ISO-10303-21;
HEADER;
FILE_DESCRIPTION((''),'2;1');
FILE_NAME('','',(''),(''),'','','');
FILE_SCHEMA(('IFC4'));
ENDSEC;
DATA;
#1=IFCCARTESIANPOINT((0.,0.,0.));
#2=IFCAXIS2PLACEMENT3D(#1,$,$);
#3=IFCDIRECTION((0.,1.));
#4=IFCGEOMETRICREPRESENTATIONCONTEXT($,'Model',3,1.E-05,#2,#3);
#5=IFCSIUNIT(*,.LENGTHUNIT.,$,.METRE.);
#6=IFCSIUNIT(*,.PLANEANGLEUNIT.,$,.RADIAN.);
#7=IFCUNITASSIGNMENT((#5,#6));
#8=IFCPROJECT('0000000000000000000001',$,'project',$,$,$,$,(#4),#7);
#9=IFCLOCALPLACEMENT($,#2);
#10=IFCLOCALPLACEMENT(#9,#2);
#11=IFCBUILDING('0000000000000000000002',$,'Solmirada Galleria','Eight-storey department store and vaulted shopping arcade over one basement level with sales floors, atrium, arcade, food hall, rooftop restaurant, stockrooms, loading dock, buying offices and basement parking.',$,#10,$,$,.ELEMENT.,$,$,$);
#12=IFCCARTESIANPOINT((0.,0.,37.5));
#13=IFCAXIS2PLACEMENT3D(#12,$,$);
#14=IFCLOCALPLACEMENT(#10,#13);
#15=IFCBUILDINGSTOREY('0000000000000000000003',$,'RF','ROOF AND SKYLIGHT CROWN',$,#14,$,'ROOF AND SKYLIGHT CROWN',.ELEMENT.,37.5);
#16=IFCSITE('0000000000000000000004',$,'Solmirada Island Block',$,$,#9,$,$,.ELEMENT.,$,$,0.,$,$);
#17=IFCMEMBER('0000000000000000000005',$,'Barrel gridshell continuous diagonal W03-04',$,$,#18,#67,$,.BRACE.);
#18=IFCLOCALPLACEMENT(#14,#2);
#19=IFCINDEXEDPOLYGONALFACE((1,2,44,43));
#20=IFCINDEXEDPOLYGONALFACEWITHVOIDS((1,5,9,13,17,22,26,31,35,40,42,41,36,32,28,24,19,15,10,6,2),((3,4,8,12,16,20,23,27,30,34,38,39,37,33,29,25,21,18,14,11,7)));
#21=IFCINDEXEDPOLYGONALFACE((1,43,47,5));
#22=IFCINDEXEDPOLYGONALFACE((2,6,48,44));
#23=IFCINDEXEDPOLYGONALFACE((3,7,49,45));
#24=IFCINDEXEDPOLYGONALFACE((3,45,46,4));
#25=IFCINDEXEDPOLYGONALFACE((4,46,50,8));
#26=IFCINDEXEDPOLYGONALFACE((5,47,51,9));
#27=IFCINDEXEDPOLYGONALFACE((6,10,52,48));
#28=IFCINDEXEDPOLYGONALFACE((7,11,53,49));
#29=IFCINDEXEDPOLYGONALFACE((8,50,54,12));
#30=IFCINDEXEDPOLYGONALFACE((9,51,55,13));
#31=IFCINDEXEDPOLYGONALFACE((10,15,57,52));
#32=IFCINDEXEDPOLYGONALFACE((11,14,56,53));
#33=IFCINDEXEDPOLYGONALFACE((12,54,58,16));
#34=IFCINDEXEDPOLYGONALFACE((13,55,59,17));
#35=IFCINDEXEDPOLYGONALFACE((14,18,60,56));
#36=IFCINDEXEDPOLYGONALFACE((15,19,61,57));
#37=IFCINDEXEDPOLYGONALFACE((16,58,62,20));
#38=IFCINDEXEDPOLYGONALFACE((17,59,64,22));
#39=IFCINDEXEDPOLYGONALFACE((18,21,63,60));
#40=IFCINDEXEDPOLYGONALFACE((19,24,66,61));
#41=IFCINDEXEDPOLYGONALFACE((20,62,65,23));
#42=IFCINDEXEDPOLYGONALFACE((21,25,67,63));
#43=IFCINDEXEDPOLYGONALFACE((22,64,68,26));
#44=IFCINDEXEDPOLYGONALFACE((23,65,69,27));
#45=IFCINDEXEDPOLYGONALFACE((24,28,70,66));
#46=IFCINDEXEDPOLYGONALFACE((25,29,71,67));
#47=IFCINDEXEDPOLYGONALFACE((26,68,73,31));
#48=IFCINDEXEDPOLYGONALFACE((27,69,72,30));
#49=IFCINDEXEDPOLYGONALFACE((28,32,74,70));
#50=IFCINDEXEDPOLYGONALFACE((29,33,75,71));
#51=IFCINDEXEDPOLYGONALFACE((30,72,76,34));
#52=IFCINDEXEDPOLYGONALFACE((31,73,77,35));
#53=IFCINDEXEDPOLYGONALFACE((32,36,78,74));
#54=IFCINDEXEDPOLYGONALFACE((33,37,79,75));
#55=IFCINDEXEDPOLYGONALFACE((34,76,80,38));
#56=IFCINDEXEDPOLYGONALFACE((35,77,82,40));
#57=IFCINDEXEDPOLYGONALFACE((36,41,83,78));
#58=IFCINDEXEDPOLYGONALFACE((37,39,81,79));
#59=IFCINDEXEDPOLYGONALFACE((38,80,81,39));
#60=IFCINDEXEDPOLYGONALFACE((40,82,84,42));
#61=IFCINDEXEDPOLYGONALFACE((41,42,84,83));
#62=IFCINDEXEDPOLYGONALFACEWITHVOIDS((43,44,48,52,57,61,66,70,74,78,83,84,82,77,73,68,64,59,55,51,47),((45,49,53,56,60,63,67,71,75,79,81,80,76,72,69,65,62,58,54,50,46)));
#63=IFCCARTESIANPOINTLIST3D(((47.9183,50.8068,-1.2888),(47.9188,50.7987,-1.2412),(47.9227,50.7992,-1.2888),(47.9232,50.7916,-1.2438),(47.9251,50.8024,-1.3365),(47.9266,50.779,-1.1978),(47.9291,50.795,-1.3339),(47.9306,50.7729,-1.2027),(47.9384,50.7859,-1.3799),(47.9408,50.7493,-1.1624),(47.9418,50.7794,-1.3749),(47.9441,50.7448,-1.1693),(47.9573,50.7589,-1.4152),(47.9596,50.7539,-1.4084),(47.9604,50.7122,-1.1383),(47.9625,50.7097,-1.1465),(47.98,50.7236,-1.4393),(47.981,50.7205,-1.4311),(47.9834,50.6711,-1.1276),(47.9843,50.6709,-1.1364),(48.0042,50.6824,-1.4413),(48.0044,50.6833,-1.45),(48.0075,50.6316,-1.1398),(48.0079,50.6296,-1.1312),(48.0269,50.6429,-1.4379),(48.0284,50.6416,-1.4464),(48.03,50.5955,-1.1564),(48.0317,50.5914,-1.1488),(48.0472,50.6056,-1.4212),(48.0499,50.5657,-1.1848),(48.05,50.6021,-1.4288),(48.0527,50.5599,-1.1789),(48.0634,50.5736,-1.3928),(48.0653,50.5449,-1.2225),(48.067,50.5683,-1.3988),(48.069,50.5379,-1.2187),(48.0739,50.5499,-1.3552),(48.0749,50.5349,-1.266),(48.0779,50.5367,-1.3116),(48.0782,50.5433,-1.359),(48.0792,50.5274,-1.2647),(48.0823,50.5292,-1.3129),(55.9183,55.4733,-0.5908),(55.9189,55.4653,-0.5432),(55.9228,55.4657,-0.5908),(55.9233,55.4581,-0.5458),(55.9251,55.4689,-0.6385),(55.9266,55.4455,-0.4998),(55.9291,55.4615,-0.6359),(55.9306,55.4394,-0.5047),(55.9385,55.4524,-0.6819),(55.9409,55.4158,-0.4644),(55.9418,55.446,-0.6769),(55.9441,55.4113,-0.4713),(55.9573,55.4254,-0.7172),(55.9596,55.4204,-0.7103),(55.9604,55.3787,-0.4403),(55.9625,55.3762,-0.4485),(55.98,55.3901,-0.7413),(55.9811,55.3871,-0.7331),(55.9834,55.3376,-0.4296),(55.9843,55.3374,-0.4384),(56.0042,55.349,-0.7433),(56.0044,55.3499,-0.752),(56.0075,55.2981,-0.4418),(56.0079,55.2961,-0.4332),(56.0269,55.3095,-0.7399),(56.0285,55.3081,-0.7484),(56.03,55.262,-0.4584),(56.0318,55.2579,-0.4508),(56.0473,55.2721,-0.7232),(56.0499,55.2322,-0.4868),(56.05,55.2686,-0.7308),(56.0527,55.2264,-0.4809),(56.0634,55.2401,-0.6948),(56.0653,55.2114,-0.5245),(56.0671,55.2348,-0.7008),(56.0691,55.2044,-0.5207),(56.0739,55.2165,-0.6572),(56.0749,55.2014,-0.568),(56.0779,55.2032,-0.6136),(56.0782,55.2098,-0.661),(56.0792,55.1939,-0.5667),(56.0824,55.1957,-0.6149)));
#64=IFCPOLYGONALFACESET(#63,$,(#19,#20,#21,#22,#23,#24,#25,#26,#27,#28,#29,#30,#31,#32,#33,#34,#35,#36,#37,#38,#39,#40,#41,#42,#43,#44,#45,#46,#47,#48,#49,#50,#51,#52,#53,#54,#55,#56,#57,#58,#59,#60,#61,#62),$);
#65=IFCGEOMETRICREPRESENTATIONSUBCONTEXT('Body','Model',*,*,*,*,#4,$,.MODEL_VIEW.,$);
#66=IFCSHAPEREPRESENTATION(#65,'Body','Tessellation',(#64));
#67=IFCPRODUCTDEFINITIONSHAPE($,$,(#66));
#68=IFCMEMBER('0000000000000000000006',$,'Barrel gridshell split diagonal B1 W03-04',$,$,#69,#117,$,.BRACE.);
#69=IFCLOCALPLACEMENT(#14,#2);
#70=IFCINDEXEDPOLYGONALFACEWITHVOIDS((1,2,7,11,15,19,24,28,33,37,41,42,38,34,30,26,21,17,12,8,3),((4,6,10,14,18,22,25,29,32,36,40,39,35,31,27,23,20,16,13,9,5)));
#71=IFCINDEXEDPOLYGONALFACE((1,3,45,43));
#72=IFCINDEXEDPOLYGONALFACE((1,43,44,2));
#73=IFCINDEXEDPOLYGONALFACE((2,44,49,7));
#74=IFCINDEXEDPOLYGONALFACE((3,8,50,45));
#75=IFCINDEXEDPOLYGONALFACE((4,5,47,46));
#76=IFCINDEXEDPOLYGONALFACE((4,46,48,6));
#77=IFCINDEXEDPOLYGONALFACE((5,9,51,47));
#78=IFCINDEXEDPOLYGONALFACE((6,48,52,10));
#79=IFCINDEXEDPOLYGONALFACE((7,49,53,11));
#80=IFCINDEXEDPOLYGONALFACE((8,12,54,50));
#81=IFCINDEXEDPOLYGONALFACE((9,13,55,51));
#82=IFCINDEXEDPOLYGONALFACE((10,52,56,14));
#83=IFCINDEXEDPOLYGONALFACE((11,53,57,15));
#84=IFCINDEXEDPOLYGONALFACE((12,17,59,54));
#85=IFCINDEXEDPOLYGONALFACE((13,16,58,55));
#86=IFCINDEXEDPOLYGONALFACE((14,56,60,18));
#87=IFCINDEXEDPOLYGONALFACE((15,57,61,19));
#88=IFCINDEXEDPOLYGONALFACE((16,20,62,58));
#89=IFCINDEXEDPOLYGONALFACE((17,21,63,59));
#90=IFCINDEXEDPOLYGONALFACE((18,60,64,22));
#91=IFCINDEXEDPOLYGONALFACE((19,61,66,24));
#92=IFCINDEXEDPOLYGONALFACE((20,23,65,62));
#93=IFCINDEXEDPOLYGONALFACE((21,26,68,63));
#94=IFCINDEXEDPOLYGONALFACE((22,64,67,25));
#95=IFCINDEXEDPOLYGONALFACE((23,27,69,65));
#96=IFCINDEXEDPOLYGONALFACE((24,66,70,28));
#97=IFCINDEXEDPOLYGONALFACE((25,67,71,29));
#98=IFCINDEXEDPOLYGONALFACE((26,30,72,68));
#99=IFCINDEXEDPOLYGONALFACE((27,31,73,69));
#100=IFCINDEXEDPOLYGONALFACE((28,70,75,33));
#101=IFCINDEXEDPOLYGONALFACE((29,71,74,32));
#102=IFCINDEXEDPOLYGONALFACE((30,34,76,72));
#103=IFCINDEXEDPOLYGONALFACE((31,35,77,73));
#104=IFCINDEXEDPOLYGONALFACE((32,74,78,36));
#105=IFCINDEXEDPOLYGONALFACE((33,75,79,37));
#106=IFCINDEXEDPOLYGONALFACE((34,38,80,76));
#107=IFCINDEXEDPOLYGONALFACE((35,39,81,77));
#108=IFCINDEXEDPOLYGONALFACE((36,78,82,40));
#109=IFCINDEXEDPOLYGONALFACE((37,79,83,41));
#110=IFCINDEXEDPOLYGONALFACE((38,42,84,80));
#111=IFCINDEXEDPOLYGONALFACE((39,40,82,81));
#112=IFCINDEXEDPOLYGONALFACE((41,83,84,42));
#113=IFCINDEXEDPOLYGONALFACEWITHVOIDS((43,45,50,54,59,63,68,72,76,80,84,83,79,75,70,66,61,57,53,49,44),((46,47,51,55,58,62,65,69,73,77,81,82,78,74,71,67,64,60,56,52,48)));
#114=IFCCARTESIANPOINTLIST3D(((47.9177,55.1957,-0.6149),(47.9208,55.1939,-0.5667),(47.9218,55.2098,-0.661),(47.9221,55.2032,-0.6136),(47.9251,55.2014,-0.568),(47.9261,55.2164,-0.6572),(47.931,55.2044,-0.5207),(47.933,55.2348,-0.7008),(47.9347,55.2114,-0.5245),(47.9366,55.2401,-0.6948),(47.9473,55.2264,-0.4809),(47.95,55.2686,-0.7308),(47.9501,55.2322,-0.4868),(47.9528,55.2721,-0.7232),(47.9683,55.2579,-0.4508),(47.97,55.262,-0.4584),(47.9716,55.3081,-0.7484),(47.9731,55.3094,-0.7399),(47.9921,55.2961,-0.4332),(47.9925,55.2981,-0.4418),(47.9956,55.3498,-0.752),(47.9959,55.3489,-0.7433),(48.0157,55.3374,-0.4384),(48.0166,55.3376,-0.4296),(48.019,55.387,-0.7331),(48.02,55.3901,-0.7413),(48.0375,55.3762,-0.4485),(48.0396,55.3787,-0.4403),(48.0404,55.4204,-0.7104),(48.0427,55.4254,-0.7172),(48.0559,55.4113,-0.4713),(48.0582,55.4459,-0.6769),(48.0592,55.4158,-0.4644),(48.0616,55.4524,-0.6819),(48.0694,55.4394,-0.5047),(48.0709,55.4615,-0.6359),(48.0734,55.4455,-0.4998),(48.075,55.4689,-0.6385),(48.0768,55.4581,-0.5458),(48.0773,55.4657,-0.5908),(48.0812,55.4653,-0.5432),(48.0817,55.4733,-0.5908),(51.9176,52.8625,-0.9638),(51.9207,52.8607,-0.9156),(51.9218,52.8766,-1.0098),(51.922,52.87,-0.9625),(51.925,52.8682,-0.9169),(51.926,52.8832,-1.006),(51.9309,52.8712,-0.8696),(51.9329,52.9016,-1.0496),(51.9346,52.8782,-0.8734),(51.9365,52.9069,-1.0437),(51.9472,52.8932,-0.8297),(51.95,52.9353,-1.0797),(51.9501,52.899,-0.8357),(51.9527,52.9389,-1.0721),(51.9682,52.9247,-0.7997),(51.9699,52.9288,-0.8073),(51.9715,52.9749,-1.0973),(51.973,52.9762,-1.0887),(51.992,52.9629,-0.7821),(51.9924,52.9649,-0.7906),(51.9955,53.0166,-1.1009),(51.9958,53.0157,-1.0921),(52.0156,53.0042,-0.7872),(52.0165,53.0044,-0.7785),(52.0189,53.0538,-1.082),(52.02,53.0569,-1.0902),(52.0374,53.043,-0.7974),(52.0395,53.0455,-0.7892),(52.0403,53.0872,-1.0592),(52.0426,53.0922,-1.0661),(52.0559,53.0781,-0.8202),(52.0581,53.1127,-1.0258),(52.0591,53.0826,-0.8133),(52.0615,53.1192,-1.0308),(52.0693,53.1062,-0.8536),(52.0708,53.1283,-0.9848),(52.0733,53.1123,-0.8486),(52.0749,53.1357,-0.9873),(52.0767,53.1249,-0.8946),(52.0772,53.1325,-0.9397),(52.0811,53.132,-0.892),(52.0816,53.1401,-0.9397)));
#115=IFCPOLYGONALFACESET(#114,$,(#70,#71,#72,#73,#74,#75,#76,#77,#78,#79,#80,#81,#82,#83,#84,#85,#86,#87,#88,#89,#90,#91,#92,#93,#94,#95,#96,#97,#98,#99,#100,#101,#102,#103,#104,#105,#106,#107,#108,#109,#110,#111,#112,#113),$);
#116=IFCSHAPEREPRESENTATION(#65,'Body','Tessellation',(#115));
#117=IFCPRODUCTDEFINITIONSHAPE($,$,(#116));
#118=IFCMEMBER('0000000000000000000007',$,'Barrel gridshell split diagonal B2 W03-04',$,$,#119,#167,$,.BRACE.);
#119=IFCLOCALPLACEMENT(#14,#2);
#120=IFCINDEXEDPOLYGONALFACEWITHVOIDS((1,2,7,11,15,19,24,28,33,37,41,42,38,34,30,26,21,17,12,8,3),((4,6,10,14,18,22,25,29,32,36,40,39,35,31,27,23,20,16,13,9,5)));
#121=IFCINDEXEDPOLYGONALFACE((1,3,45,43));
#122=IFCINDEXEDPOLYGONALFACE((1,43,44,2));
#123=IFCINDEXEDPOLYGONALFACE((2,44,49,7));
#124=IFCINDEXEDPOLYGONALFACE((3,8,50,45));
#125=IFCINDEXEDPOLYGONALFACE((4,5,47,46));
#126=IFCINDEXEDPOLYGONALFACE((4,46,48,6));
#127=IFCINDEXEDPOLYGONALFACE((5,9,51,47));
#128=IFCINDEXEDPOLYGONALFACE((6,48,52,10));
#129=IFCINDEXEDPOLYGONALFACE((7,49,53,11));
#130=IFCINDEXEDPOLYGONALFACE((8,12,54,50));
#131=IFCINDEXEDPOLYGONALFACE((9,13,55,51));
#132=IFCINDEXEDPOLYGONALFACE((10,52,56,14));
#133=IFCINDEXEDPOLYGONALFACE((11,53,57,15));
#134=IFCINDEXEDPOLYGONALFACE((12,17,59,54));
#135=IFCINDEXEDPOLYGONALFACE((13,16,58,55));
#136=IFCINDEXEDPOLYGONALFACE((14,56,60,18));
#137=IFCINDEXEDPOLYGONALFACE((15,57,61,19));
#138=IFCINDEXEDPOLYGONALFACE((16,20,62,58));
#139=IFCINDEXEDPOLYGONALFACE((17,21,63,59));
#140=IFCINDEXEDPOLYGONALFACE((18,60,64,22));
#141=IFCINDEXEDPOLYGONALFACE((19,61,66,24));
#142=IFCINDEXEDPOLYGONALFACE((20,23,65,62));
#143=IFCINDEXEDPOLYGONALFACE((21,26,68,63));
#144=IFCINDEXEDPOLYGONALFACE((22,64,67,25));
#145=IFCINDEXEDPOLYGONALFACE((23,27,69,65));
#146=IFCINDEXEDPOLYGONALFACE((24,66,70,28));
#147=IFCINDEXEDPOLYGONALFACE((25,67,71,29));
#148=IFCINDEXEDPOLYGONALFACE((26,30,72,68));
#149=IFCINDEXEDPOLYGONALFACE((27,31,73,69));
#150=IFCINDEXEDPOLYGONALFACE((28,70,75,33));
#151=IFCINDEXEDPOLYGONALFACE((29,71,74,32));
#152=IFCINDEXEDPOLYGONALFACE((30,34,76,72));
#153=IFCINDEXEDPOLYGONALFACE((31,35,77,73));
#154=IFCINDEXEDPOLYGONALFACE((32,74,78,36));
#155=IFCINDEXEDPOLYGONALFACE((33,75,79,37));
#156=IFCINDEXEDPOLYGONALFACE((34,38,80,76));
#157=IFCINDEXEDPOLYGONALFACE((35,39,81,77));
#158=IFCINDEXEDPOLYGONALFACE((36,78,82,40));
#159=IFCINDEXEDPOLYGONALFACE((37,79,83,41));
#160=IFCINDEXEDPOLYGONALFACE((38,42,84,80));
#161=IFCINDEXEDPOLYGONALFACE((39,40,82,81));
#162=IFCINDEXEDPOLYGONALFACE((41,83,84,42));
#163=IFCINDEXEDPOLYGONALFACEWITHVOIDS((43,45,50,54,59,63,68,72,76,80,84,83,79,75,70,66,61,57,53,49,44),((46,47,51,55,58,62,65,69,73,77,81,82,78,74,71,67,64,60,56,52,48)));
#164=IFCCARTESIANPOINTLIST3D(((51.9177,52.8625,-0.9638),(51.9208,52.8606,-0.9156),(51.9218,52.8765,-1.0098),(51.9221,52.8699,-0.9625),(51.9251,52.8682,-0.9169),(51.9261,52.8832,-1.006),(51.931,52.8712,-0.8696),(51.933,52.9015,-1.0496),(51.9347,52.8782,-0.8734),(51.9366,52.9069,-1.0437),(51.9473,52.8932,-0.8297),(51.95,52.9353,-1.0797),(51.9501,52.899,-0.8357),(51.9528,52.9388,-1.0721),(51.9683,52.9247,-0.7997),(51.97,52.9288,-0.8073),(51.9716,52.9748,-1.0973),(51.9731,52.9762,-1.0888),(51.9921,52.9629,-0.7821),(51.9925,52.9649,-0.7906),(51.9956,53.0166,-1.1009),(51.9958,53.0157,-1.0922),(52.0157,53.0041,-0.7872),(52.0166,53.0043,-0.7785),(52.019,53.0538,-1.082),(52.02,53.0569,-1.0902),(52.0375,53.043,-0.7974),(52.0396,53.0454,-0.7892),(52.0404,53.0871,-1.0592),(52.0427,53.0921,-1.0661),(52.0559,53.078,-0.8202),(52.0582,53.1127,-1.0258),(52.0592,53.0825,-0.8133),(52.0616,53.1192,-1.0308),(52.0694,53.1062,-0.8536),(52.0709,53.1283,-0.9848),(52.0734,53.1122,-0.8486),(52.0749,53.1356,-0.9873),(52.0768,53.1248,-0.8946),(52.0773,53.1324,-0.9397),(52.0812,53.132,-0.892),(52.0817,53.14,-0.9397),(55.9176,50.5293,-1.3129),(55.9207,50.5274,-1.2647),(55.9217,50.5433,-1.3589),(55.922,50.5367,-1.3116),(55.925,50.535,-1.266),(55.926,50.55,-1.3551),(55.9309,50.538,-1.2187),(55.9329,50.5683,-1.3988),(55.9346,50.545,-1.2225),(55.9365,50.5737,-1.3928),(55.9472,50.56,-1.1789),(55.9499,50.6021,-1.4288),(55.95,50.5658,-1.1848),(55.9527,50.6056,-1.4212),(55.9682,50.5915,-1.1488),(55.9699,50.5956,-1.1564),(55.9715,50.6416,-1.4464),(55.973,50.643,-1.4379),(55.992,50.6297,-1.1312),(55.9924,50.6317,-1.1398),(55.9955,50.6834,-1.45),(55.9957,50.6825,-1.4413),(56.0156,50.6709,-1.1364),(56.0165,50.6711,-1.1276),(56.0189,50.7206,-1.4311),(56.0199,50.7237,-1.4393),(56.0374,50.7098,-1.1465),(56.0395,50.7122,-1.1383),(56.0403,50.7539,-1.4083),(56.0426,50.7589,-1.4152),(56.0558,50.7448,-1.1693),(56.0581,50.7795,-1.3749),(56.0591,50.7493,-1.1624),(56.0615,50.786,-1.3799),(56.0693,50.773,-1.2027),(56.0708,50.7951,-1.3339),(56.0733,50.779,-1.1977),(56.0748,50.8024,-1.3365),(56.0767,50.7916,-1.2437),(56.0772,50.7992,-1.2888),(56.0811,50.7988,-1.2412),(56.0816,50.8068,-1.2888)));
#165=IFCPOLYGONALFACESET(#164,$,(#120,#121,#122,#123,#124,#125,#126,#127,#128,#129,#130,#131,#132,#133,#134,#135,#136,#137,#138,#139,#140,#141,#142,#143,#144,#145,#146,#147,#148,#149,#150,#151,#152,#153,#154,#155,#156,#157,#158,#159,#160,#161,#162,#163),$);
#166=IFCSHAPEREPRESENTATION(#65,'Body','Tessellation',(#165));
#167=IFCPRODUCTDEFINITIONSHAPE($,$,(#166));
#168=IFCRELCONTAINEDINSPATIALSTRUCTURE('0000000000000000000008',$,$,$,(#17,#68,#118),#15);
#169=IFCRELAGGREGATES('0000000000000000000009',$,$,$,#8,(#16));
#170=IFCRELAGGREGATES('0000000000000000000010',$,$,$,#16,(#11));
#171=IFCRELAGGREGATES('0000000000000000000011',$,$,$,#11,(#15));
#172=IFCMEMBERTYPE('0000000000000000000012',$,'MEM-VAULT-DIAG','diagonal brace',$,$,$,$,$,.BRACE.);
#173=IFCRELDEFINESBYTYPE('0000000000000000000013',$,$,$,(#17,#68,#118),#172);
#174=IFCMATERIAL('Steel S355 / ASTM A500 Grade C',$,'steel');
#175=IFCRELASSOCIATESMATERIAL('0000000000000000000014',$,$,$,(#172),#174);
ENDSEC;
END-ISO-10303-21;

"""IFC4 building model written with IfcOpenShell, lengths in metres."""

from ifc_helpers import new_model, si_unit, direction, frame, origin, origin_2d, place, context, subcontext, project, spatial, hollow_circle, extrude, material, material_profile, profile_set, type_object, element, save


model = new_model("IFC4")

# Units and contexts
model_context = context("Model", 3, precision=1e-05, world=origin(), true_north=direction((0.0, 1.0)))
body_context = subcontext(model_context, "Body", "Model", "MODEL_VIEW")
ifc_project = project(units=[si_unit("LENGTHUNIT", "METRE"), si_unit("PLANEANGLEUNIT", "RADIAN")], contexts=[model_context])

# Site, building, storey
site_placement = place(None, origin())
site = spatial("IfcSite", under=ifc_project, at=site_placement, Name="Solmirada Island Block", CompositionType="ELEMENT", RefElevation=0.0)
building_placement = place(site_placement, origin())
building = spatial("IfcBuilding", under=site, at=building_placement, Name="Solmirada Galleria", Description="Eight-storey department store and vaulted shopping arcade over one basement level with sales floors, atrium, arcade, food hall, rooftop restaurant, stockrooms, loading dock, buying offices and basement parking.", CompositionType="ELEMENT")
storey_placement = place(building_placement, frame((0.0, 0.0, 37.5)))
storey = spatial("IfcBuildingStorey", under=building, at=storey_placement, Name="RF", Description="ROOF AND SKYLIGHT CROWN", LongName="ROOF AND SKYLIGHT CROWN", CompositionType="ELEMENT", Elevation=37.5)

# Members
ifc_material_1 = material(Name="Steel S355 / ASTM A500 Grade C", Category="steel")
ifc_material_profile_1 = material_profile(ifc_material_1, hollow_circle(Radius=0.1621, WallThickness=0.0088, at=origin_2d()), Name="HSS12.750X0.375")
ifc_profile_set_1 = profile_set([ifc_material_profile_1], Name="Steel S355 / ASTM A500 Grade C")
member_type_1 = type_object("IfcMemberType", Name="MEM-VAULT-DIAG", Description="diagonal brace", PredefinedType="BRACE", material=ifc_profile_set_1)
member_1_placement = place(storey_placement, frame((48.0, 50.6667, -1.2888), z_axis=(0.861344, 0.502433, 0.075152), x_axis=(-0.503858, 0.863787, 0.0)))
element("IfcMember", 1, at=member_1_placement, inside=storey, type_object=member_type_1, Name="Barrel gridshell continuous diagonal W03-04", PredefinedType="BRACE", context=body_context, shape_type="SweptSolid", body=[
    extrude(hollow_circle(Radius=0.1621, WallThickness=0.0088, at=origin_2d()), origin(), (0.0, 0.0, 1.0), 9.2878),
])
for number, where, z_axis, x_axis, name in (
    (2, (48.0, 55.3333, -0.5908), (0.861346, -0.502434, -0.075126), (0.503858, 0.863787, 0.0), "Barrel gridshell split diagonal B1 W03-04"),
    (3, (52.0, 53.0, -0.9397), (0.861342, -0.502432, -0.075178), (0.503858, 0.863787, 0.0), "Barrel gridshell split diagonal B2 W03-04"),
):
    element("IfcMember", number, at=place(storey_placement, frame(where, z_axis=z_axis, x_axis=x_axis)), inside=storey, type_object=member_type_1, Name=name, PredefinedType="BRACE", context=body_context, shape_type="SweptSolid", body=[
        extrude(hollow_circle(Radius=0.1621, WallThickness=0.0088, at=origin_2d()), origin(), (0.0, 0.0, 1.0), 4.6438),
    ])

save(model, "model.ifc")
